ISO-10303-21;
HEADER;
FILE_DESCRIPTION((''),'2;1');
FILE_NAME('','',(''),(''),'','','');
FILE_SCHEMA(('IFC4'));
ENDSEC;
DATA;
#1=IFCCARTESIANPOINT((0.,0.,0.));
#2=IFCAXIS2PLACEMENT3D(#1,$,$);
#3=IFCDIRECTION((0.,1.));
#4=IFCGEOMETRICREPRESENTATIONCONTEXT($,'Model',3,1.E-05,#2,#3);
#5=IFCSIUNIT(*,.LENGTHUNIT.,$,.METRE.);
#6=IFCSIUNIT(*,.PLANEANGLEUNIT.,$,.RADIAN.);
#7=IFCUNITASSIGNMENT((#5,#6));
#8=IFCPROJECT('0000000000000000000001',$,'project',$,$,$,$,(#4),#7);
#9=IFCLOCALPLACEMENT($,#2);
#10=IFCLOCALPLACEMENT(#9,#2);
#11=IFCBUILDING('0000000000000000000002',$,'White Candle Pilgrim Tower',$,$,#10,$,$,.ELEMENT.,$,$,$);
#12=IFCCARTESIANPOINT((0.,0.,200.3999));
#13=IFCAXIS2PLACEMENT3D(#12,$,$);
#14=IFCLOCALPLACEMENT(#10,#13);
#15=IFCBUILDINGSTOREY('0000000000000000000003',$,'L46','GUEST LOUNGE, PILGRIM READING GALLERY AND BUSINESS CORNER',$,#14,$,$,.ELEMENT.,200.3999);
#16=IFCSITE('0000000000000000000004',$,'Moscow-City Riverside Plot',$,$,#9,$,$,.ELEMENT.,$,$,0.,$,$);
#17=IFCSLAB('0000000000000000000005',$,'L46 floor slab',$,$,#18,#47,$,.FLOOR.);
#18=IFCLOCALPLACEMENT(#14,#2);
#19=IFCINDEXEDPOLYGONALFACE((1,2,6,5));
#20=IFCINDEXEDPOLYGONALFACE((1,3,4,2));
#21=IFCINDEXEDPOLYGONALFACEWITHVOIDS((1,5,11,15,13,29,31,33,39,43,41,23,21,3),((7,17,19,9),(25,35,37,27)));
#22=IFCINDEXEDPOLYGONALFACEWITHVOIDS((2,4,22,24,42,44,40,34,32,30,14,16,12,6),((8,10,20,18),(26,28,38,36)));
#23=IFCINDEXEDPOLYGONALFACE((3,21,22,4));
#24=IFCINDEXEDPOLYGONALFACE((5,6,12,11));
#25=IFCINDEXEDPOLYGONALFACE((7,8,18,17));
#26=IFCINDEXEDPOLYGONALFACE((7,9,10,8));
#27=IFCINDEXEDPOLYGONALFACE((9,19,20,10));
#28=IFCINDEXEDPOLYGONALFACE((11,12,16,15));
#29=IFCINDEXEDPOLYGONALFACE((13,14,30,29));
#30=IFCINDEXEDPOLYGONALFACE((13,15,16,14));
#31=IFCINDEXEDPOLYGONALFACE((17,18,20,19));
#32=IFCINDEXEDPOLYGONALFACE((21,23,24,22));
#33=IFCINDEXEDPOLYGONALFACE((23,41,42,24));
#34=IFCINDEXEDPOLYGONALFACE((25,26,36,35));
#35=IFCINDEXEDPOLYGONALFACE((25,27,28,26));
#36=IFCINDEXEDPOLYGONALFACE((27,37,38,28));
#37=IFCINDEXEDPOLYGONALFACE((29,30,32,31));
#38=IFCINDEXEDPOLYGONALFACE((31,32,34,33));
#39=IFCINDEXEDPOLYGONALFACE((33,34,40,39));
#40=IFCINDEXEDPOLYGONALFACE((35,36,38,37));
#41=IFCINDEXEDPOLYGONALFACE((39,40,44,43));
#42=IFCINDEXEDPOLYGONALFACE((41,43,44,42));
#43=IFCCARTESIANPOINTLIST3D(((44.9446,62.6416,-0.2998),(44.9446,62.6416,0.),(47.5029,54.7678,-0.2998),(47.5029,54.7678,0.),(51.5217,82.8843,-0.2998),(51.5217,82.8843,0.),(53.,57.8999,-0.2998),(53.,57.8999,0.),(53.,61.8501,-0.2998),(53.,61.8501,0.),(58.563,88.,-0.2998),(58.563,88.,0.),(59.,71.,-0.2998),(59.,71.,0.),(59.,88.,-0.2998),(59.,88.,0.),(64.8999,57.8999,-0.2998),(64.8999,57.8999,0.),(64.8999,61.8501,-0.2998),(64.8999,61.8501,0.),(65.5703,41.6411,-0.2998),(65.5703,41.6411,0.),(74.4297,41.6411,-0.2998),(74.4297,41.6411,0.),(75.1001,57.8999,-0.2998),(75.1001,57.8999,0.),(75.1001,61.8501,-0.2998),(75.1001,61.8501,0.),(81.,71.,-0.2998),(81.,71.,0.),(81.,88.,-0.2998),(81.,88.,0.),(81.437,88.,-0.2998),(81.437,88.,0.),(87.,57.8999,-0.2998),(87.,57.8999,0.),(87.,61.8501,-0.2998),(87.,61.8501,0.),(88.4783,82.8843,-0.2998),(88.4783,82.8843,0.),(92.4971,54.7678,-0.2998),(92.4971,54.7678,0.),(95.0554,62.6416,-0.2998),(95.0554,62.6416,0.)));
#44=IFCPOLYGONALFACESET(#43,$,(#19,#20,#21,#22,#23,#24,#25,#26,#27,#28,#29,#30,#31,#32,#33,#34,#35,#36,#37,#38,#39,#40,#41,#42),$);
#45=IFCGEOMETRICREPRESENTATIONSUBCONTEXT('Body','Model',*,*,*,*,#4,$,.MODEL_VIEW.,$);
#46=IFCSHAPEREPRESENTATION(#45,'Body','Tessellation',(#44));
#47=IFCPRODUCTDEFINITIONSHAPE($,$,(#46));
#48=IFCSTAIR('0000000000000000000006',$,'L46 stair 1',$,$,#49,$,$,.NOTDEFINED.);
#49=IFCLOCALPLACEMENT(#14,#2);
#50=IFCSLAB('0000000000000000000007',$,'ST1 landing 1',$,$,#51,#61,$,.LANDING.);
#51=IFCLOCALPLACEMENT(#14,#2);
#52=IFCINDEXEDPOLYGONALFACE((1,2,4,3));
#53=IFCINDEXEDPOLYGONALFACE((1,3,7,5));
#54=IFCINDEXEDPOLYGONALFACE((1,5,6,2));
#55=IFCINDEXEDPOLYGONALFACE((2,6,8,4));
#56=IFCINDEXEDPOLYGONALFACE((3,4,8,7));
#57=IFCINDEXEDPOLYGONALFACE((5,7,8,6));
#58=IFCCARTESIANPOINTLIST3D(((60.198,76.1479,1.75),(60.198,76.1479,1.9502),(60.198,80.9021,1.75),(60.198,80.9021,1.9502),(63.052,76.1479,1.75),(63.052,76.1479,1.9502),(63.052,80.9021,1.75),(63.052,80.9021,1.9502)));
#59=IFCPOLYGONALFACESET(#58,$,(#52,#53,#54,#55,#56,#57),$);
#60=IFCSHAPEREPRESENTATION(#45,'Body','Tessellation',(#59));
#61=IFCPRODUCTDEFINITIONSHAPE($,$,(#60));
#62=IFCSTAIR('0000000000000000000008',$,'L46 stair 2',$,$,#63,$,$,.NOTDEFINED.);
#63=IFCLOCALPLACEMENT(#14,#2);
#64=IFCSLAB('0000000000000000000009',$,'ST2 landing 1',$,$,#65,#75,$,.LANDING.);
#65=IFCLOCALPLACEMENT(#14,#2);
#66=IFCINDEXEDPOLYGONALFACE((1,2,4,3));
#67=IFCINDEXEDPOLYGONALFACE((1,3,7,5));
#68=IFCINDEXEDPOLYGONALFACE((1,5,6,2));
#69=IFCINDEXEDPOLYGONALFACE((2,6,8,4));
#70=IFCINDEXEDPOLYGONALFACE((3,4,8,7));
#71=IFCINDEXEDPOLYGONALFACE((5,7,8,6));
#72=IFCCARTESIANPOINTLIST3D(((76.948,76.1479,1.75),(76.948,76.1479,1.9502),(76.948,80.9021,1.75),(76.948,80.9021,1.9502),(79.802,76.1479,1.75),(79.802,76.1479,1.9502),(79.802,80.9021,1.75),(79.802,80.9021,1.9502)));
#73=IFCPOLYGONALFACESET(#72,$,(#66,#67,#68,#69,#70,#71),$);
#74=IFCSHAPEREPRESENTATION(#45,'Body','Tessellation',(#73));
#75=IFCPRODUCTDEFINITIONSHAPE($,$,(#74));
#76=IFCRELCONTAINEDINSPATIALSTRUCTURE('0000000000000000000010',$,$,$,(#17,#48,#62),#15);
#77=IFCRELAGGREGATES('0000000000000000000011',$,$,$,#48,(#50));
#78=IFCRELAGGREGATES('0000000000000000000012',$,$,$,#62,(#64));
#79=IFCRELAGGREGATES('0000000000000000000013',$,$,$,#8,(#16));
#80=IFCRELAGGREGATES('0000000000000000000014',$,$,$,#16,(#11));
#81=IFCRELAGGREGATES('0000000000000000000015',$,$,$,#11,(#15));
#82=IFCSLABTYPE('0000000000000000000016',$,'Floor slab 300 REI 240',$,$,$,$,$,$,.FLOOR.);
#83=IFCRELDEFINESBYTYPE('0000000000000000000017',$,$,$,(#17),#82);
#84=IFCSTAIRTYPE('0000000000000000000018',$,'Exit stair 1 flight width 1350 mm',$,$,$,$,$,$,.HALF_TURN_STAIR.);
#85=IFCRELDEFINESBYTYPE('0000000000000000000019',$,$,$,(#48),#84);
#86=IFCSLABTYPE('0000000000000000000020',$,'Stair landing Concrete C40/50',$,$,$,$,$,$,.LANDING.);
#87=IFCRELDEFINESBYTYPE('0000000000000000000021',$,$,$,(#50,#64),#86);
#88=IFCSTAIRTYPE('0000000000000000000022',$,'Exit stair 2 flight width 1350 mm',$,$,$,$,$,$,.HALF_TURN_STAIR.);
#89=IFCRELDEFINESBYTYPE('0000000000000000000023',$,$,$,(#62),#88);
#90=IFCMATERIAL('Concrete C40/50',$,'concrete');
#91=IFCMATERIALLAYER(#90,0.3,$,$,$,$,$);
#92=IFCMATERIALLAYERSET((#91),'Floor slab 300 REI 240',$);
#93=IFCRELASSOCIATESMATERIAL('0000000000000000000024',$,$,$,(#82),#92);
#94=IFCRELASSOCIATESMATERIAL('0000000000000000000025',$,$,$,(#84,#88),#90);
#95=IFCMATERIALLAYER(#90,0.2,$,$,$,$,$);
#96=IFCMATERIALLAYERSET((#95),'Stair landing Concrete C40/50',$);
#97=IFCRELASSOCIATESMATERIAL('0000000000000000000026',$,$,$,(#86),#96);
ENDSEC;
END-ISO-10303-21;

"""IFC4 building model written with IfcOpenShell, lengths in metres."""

from ifc_helpers import new_model, si_unit, direction, frame, origin, place, context, subcontext, project, spatial, polyline, outline, extrude, material, layer, layer_set, type_object, element, aggregate, save


model = new_model("IFC4")

# Units and contexts
model_context = context("Model", 3, precision=1e-05, world=origin(), true_north=direction((0.0, 1.0)))
body_context = subcontext(model_context, "Body", "Model", "MODEL_VIEW")
ifc_project = project(units=[si_unit("LENGTHUNIT", "METRE"), si_unit("PLANEANGLEUNIT", "RADIAN")], contexts=[model_context])

# Site, building, storey
site_placement = place(None, origin())
site = spatial("IfcSite", under=ifc_project, at=site_placement, Name="Moscow-City Riverside Plot", CompositionType="ELEMENT", RefElevation=0.0)
building_placement = place(site_placement, origin())
building = spatial("IfcBuilding", under=site, at=building_placement, Name="White Candle Pilgrim Tower", CompositionType="ELEMENT")
storey_placement = place(building_placement, frame((0.0, 0.0, 200.3999)))
storey = spatial("IfcBuildingStorey", under=building, at=storey_placement, Name="L46", Description="GUEST LOUNGE, PILGRIM READING GALLERY AND BUSINESS CORNER", CompositionType="ELEMENT", Elevation=200.3999)

# Slab
ifc_material = material(Name="Concrete C40/50", Category="concrete")
ifc_layer_1 = layer(ifc_material, 0.3)
ifc_layer_set_1 = layer_set([ifc_layer_1], Name="Floor slab 300 REI 240")
slab_type_1 = type_object("IfcSlabType", Name="Floor slab 300 REI 240", PredefinedType="FLOOR", material=ifc_layer_set_1)
slab_1_placement = place(storey_placement, frame((0.0, 0.0, -0.2998)))
element("IfcSlab", 1, at=slab_1_placement, inside=storey, type_object=slab_type_1, Name="L46 floor slab", PredefinedType="FLOOR", context=body_context, shape_type="SweptSolid", body=[
    extrude(outline(polyline([(65.5703, 41.6411), (74.4297, 41.6411), (92.4971, 54.7678), (95.0554, 62.6416), (88.4783, 82.8843), (81.437, 88.0), (81.0, 88.0), (81.0, 71.0), (59.0, 71.0), (59.0, 88.0), (58.563, 88.0), (51.5217, 82.8843), (44.9446, 62.6416), (47.5029, 54.7678), (65.5703, 41.6411)]), holes=[polyline([(53.0, 57.8999), (53.0, 61.8501), (64.8999, 61.8501), (64.8999, 57.8999), (53.0, 57.8999)]), polyline([(75.1001, 57.8999), (75.1001, 61.8501), (87.0, 61.8501), (87.0, 57.8999), (75.1001, 57.8999)])]), origin(), (0.0, 0.0, 1.0), 0.2998),
])

# Stairs, slabs
stair_type_1 = type_object("IfcStairType", Name="Exit stair 1 flight width 1350 mm", PredefinedType="HALF_TURN_STAIR", material=ifc_material)
stair_1_placement = place(storey_placement, origin())
stair_1 = element("IfcStair", 2, at=stair_1_placement, inside=storey, type_object=stair_type_1, Name="L46 stair 1", PredefinedType="NOTDEFINED")
ifc_layer_2 = layer(ifc_material, 0.2)
ifc_layer_set_2 = layer_set([ifc_layer_2], Name="Stair landing Concrete C40/50")
slab_type_2 = type_object("IfcSlabType", Name="Stair landing Concrete C40/50", PredefinedType="LANDING", material=ifc_layer_set_2)
slab_2_placement = place(storey_placement, frame((0.0, 0.0, 1.75)))
slab_2 = element("IfcSlab", 3, at=slab_2_placement, type_object=slab_type_2, Name="ST1 landing 1", PredefinedType="LANDING", context=body_context, shape_type="SweptSolid", body=[
    extrude(outline(polyline([(63.052, 76.1479), (60.198, 76.1479), (60.198, 80.9021), (63.052, 80.9021), (63.052, 76.1479)])), origin(), (0.0, 0.0, 1.0), 0.2002),
])
aggregate(stair_1, [slab_2])
stair_type_2 = type_object("IfcStairType", Name="Exit stair 2 flight width 1350 mm", PredefinedType="HALF_TURN_STAIR", material=ifc_material)
stair_2_placement = place(storey_placement, origin())
stair_2 = element("IfcStair", 4, at=stair_2_placement, inside=storey, type_object=stair_type_2, Name="L46 stair 2", PredefinedType="NOTDEFINED")
slab_3_placement = place(storey_placement, frame((0.0, 0.0, 1.75)))
slab_3 = element("IfcSlab", 5, at=slab_3_placement, type_object=slab_type_2, Name="ST2 landing 1", PredefinedType="LANDING", context=body_context, shape_type="SweptSolid", body=[
    extrude(outline(polyline([(79.802, 76.1479), (76.948, 76.1479), (76.948, 80.9021), (79.802, 80.9021), (79.802, 76.1479)])), origin(), (0.0, 0.0, 1.0), 0.2002),
])
aggregate(stair_2, [slab_3])

save(model, "model.ifc")
